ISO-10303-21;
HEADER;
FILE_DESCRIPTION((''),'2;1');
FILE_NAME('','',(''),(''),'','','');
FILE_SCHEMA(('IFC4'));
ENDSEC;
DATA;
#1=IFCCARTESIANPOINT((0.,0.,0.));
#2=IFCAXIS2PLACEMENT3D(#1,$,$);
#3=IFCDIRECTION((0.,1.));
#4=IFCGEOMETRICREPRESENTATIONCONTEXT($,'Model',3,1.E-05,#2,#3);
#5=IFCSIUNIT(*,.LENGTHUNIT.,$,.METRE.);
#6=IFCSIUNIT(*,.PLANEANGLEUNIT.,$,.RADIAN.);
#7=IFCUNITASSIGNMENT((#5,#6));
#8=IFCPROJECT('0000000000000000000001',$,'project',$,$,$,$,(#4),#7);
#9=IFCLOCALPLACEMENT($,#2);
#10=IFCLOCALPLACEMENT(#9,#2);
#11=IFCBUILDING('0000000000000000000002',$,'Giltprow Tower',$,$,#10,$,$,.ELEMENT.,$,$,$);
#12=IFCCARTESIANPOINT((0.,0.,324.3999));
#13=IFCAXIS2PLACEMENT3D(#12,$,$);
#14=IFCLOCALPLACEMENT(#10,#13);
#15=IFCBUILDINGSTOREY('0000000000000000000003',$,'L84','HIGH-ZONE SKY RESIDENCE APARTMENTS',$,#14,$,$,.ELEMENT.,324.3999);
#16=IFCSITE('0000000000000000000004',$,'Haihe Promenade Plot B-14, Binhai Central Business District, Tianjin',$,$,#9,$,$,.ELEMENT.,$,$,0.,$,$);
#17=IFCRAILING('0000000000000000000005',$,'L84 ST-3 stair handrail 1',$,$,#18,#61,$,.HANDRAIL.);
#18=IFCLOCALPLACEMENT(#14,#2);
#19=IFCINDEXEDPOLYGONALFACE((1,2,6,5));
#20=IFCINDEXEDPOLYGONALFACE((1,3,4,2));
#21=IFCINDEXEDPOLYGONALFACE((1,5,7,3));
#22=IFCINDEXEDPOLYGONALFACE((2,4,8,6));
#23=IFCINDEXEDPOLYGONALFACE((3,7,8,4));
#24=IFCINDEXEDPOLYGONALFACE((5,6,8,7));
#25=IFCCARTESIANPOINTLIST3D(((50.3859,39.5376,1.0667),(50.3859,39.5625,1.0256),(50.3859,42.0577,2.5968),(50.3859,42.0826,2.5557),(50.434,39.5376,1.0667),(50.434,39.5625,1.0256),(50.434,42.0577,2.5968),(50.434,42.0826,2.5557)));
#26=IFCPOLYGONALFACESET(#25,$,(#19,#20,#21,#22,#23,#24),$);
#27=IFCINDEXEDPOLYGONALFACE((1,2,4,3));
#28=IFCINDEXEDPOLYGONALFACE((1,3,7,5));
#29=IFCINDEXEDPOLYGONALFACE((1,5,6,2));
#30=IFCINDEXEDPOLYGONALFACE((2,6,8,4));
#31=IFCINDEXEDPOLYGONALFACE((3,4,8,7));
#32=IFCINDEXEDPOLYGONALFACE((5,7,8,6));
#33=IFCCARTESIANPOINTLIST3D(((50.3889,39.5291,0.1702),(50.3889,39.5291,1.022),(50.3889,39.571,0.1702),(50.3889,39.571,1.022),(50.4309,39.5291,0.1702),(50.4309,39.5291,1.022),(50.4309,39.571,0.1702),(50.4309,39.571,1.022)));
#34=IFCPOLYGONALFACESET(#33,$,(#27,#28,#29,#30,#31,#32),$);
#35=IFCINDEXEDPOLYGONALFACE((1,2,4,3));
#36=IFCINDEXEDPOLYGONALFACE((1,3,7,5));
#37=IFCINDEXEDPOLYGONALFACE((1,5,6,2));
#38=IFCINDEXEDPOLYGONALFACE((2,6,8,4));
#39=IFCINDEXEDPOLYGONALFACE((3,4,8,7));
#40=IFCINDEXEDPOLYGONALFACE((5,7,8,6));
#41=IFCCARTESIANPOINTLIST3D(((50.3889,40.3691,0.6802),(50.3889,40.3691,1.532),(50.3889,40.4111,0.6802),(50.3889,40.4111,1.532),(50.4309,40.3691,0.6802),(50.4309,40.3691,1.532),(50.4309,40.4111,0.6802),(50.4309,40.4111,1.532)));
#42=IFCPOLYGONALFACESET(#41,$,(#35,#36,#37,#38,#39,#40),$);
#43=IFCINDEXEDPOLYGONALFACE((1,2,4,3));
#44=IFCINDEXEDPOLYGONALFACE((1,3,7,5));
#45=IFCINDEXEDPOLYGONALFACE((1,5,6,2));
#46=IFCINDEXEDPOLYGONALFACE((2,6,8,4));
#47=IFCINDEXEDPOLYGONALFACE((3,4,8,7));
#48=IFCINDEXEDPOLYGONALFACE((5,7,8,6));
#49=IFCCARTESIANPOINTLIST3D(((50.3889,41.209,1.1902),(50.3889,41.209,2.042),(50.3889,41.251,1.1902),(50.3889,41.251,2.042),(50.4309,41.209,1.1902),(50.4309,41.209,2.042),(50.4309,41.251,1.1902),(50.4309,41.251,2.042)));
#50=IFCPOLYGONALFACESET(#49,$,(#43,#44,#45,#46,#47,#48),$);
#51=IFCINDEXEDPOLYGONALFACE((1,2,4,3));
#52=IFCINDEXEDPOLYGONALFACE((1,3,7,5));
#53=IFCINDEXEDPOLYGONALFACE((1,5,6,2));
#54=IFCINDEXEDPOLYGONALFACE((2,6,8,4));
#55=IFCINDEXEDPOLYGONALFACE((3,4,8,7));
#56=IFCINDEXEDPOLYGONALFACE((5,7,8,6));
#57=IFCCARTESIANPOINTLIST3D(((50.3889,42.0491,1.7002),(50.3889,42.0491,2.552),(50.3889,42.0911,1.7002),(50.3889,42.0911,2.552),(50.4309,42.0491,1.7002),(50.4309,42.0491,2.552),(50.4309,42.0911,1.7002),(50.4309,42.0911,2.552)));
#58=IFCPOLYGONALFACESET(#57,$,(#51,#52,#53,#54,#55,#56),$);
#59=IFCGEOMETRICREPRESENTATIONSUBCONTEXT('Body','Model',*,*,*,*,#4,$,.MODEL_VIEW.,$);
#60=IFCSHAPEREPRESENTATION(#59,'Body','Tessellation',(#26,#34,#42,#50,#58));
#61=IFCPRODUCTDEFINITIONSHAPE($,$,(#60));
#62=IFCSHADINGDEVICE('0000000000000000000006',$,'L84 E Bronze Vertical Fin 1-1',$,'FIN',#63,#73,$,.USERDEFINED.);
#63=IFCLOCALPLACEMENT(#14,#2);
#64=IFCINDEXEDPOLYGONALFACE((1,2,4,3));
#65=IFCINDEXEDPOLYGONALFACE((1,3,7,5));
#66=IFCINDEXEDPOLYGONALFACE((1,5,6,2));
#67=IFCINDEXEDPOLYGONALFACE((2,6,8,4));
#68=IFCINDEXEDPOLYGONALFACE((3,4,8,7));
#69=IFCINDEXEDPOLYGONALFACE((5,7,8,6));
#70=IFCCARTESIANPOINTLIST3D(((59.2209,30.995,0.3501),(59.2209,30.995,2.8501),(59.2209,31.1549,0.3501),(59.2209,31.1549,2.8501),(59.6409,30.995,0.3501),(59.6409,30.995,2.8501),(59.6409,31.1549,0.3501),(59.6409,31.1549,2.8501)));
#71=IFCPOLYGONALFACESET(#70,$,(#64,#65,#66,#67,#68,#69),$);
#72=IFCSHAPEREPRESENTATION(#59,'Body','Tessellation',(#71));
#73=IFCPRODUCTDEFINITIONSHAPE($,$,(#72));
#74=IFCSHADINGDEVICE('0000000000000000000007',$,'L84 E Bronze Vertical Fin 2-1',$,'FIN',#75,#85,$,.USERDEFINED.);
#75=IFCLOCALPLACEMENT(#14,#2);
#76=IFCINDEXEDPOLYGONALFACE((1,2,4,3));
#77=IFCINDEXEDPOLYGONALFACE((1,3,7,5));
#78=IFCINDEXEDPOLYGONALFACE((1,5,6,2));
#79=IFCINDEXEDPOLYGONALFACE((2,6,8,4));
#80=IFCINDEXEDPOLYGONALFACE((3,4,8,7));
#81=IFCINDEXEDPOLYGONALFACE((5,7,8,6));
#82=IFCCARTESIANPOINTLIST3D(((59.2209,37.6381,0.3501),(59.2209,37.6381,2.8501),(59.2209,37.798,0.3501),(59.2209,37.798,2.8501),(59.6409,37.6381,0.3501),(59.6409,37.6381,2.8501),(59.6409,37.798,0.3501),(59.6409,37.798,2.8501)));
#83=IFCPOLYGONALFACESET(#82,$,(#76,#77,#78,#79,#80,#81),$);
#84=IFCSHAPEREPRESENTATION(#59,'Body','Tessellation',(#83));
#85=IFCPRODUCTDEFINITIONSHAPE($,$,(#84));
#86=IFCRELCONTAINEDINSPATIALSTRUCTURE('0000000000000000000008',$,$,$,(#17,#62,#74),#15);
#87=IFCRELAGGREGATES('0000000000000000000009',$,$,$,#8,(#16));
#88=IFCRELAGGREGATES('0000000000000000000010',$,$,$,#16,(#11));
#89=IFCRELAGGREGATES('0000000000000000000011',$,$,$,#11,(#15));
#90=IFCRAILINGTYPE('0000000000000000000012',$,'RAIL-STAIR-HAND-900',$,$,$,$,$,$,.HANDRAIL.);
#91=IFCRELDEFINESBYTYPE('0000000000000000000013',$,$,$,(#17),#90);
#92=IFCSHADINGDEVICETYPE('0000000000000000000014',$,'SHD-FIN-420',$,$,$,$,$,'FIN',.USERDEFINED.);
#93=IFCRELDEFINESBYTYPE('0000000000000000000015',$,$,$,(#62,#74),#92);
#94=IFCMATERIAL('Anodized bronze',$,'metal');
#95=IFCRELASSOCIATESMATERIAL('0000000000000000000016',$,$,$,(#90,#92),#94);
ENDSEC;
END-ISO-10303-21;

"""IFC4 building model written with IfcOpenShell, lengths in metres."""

from ifc_helpers import new_model, si_unit, direction, frame, origin, origin_2d, place, context, subcontext, project, spatial, rectangle, extrude, source, transform, mapped, material, type_object, element, save


model = new_model("IFC4")

# Units and contexts
model_context = context("Model", 3, precision=1e-05, world=origin(), true_north=direction((0.0, 1.0)))
body_context = subcontext(model_context, "Body", "Model", "MODEL_VIEW")
ifc_project = project(units=[si_unit("LENGTHUNIT", "METRE"), si_unit("PLANEANGLEUNIT", "RADIAN")], contexts=[model_context])

# Site, building, storey
site_placement = place(None, origin())
site = spatial("IfcSite", under=ifc_project, at=site_placement, Name="Haihe Promenade Plot B-14, Binhai Central Business District, Tianjin", CompositionType="ELEMENT", RefElevation=0.0)
building_placement = place(site_placement, origin())
building = spatial("IfcBuilding", under=site, at=building_placement, Name="Giltprow Tower", CompositionType="ELEMENT")
storey_placement = place(building_placement, frame((0.0, 0.0, 324.3999)))
storey = spatial("IfcBuildingStorey", under=building, at=storey_placement, Name="L84", Description="HIGH-ZONE SKY RESIDENCE APARTMENTS", CompositionType="ELEMENT", Elevation=324.3999)

# Railing
ifc_material_1 = material(Name="Anodized bronze", Category="metal")
railing_type = type_object("IfcRailingType", Name="RAIL-STAIR-HAND-900", PredefinedType="HANDRAIL", material=ifc_material_1)
railing_placement = place(storey_placement, frame((50.4099, 39.55, 0.1702)))
element("IfcRailing", 1, at=railing_placement, inside=storey, type_object=railing_type, Name="L84 ST-3 stair handrail 1", PredefinedType="HANDRAIL", context=body_context, shape_type="SweptSolid", body=[
    extrude(rectangle(XDim=0.0481, YDim=0.0481, at=origin_2d()), frame((0.0, 0.0, 0.876), z_axis=(0.0, 0.854785, 0.518982), x_axis=(-1.0, 0.0, 0.0)), (0.0, 0.0, 1.0), 2.9482),
    extrude(rectangle(XDim=0.042, YDim=0.042, at=origin_2d()), origin(), (0.0, 0.0, 1.0), 0.8518),
    extrude(rectangle(XDim=0.042, YDim=0.042, at=origin_2d()), frame((0.0, 0.8401, 0.51)), (0.0, 0.0, 1.0), 0.8518),
    extrude(rectangle(XDim=0.042, YDim=0.042, at=origin_2d()), frame((0.0, 1.6799, 1.02)), (0.0, 0.0, 1.0), 0.8518),
    extrude(rectangle(XDim=0.042, YDim=0.042, at=origin_2d()), frame((0.0, 2.52, 1.53)), (0.0, 0.0, 1.0), 0.8518),
])

# Shading devices
shading_device_type = type_object("IfcShadingDeviceType", Name="SHD-FIN-420", ElementType="FIN", PredefinedType="USERDEFINED", material=ifc_material_1)
shared_shape_1 = source(origin(), body_context, "Body", "SweptSolid", [
    extrude(rectangle(XDim=0.4199, YDim=0.1599, at=origin_2d()), origin(), (0.0, 0.0, 1.0), 2.5),
])
for number, where, z_axis, x_axis, name in (
    (2, (59.4309, 31.075, 0.3501), (0.0, 0.0, 1.0), (1.0, 0.0, 0.0), "L84 E Bronze Vertical Fin 1-1"),
    (3, (59.4309, 37.718, 0.3501), (0.0, 0.0, 1.0), (1.0, 0.0, 0.0), "L84 E Bronze Vertical Fin 2-1"),
):
    element("IfcShadingDevice", number, at=place(storey_placement, frame(where, z_axis=z_axis, x_axis=x_axis)), inside=storey, type_object=shading_device_type, Name=name, ObjectType="FIN", PredefinedType="USERDEFINED", context=body_context, shape_type="MappedRepresentation", body=[
        mapped(shared_shape_1, transform((0.0, 0.0, 0.0), x_axis=(1.0, 0.0, 0.0), y_axis=(0.0, 1.0, 0.0), z_axis=(0.0, 0.0, 1.0), scale=1.0)),
    ])

save(model, "model.ifc")
